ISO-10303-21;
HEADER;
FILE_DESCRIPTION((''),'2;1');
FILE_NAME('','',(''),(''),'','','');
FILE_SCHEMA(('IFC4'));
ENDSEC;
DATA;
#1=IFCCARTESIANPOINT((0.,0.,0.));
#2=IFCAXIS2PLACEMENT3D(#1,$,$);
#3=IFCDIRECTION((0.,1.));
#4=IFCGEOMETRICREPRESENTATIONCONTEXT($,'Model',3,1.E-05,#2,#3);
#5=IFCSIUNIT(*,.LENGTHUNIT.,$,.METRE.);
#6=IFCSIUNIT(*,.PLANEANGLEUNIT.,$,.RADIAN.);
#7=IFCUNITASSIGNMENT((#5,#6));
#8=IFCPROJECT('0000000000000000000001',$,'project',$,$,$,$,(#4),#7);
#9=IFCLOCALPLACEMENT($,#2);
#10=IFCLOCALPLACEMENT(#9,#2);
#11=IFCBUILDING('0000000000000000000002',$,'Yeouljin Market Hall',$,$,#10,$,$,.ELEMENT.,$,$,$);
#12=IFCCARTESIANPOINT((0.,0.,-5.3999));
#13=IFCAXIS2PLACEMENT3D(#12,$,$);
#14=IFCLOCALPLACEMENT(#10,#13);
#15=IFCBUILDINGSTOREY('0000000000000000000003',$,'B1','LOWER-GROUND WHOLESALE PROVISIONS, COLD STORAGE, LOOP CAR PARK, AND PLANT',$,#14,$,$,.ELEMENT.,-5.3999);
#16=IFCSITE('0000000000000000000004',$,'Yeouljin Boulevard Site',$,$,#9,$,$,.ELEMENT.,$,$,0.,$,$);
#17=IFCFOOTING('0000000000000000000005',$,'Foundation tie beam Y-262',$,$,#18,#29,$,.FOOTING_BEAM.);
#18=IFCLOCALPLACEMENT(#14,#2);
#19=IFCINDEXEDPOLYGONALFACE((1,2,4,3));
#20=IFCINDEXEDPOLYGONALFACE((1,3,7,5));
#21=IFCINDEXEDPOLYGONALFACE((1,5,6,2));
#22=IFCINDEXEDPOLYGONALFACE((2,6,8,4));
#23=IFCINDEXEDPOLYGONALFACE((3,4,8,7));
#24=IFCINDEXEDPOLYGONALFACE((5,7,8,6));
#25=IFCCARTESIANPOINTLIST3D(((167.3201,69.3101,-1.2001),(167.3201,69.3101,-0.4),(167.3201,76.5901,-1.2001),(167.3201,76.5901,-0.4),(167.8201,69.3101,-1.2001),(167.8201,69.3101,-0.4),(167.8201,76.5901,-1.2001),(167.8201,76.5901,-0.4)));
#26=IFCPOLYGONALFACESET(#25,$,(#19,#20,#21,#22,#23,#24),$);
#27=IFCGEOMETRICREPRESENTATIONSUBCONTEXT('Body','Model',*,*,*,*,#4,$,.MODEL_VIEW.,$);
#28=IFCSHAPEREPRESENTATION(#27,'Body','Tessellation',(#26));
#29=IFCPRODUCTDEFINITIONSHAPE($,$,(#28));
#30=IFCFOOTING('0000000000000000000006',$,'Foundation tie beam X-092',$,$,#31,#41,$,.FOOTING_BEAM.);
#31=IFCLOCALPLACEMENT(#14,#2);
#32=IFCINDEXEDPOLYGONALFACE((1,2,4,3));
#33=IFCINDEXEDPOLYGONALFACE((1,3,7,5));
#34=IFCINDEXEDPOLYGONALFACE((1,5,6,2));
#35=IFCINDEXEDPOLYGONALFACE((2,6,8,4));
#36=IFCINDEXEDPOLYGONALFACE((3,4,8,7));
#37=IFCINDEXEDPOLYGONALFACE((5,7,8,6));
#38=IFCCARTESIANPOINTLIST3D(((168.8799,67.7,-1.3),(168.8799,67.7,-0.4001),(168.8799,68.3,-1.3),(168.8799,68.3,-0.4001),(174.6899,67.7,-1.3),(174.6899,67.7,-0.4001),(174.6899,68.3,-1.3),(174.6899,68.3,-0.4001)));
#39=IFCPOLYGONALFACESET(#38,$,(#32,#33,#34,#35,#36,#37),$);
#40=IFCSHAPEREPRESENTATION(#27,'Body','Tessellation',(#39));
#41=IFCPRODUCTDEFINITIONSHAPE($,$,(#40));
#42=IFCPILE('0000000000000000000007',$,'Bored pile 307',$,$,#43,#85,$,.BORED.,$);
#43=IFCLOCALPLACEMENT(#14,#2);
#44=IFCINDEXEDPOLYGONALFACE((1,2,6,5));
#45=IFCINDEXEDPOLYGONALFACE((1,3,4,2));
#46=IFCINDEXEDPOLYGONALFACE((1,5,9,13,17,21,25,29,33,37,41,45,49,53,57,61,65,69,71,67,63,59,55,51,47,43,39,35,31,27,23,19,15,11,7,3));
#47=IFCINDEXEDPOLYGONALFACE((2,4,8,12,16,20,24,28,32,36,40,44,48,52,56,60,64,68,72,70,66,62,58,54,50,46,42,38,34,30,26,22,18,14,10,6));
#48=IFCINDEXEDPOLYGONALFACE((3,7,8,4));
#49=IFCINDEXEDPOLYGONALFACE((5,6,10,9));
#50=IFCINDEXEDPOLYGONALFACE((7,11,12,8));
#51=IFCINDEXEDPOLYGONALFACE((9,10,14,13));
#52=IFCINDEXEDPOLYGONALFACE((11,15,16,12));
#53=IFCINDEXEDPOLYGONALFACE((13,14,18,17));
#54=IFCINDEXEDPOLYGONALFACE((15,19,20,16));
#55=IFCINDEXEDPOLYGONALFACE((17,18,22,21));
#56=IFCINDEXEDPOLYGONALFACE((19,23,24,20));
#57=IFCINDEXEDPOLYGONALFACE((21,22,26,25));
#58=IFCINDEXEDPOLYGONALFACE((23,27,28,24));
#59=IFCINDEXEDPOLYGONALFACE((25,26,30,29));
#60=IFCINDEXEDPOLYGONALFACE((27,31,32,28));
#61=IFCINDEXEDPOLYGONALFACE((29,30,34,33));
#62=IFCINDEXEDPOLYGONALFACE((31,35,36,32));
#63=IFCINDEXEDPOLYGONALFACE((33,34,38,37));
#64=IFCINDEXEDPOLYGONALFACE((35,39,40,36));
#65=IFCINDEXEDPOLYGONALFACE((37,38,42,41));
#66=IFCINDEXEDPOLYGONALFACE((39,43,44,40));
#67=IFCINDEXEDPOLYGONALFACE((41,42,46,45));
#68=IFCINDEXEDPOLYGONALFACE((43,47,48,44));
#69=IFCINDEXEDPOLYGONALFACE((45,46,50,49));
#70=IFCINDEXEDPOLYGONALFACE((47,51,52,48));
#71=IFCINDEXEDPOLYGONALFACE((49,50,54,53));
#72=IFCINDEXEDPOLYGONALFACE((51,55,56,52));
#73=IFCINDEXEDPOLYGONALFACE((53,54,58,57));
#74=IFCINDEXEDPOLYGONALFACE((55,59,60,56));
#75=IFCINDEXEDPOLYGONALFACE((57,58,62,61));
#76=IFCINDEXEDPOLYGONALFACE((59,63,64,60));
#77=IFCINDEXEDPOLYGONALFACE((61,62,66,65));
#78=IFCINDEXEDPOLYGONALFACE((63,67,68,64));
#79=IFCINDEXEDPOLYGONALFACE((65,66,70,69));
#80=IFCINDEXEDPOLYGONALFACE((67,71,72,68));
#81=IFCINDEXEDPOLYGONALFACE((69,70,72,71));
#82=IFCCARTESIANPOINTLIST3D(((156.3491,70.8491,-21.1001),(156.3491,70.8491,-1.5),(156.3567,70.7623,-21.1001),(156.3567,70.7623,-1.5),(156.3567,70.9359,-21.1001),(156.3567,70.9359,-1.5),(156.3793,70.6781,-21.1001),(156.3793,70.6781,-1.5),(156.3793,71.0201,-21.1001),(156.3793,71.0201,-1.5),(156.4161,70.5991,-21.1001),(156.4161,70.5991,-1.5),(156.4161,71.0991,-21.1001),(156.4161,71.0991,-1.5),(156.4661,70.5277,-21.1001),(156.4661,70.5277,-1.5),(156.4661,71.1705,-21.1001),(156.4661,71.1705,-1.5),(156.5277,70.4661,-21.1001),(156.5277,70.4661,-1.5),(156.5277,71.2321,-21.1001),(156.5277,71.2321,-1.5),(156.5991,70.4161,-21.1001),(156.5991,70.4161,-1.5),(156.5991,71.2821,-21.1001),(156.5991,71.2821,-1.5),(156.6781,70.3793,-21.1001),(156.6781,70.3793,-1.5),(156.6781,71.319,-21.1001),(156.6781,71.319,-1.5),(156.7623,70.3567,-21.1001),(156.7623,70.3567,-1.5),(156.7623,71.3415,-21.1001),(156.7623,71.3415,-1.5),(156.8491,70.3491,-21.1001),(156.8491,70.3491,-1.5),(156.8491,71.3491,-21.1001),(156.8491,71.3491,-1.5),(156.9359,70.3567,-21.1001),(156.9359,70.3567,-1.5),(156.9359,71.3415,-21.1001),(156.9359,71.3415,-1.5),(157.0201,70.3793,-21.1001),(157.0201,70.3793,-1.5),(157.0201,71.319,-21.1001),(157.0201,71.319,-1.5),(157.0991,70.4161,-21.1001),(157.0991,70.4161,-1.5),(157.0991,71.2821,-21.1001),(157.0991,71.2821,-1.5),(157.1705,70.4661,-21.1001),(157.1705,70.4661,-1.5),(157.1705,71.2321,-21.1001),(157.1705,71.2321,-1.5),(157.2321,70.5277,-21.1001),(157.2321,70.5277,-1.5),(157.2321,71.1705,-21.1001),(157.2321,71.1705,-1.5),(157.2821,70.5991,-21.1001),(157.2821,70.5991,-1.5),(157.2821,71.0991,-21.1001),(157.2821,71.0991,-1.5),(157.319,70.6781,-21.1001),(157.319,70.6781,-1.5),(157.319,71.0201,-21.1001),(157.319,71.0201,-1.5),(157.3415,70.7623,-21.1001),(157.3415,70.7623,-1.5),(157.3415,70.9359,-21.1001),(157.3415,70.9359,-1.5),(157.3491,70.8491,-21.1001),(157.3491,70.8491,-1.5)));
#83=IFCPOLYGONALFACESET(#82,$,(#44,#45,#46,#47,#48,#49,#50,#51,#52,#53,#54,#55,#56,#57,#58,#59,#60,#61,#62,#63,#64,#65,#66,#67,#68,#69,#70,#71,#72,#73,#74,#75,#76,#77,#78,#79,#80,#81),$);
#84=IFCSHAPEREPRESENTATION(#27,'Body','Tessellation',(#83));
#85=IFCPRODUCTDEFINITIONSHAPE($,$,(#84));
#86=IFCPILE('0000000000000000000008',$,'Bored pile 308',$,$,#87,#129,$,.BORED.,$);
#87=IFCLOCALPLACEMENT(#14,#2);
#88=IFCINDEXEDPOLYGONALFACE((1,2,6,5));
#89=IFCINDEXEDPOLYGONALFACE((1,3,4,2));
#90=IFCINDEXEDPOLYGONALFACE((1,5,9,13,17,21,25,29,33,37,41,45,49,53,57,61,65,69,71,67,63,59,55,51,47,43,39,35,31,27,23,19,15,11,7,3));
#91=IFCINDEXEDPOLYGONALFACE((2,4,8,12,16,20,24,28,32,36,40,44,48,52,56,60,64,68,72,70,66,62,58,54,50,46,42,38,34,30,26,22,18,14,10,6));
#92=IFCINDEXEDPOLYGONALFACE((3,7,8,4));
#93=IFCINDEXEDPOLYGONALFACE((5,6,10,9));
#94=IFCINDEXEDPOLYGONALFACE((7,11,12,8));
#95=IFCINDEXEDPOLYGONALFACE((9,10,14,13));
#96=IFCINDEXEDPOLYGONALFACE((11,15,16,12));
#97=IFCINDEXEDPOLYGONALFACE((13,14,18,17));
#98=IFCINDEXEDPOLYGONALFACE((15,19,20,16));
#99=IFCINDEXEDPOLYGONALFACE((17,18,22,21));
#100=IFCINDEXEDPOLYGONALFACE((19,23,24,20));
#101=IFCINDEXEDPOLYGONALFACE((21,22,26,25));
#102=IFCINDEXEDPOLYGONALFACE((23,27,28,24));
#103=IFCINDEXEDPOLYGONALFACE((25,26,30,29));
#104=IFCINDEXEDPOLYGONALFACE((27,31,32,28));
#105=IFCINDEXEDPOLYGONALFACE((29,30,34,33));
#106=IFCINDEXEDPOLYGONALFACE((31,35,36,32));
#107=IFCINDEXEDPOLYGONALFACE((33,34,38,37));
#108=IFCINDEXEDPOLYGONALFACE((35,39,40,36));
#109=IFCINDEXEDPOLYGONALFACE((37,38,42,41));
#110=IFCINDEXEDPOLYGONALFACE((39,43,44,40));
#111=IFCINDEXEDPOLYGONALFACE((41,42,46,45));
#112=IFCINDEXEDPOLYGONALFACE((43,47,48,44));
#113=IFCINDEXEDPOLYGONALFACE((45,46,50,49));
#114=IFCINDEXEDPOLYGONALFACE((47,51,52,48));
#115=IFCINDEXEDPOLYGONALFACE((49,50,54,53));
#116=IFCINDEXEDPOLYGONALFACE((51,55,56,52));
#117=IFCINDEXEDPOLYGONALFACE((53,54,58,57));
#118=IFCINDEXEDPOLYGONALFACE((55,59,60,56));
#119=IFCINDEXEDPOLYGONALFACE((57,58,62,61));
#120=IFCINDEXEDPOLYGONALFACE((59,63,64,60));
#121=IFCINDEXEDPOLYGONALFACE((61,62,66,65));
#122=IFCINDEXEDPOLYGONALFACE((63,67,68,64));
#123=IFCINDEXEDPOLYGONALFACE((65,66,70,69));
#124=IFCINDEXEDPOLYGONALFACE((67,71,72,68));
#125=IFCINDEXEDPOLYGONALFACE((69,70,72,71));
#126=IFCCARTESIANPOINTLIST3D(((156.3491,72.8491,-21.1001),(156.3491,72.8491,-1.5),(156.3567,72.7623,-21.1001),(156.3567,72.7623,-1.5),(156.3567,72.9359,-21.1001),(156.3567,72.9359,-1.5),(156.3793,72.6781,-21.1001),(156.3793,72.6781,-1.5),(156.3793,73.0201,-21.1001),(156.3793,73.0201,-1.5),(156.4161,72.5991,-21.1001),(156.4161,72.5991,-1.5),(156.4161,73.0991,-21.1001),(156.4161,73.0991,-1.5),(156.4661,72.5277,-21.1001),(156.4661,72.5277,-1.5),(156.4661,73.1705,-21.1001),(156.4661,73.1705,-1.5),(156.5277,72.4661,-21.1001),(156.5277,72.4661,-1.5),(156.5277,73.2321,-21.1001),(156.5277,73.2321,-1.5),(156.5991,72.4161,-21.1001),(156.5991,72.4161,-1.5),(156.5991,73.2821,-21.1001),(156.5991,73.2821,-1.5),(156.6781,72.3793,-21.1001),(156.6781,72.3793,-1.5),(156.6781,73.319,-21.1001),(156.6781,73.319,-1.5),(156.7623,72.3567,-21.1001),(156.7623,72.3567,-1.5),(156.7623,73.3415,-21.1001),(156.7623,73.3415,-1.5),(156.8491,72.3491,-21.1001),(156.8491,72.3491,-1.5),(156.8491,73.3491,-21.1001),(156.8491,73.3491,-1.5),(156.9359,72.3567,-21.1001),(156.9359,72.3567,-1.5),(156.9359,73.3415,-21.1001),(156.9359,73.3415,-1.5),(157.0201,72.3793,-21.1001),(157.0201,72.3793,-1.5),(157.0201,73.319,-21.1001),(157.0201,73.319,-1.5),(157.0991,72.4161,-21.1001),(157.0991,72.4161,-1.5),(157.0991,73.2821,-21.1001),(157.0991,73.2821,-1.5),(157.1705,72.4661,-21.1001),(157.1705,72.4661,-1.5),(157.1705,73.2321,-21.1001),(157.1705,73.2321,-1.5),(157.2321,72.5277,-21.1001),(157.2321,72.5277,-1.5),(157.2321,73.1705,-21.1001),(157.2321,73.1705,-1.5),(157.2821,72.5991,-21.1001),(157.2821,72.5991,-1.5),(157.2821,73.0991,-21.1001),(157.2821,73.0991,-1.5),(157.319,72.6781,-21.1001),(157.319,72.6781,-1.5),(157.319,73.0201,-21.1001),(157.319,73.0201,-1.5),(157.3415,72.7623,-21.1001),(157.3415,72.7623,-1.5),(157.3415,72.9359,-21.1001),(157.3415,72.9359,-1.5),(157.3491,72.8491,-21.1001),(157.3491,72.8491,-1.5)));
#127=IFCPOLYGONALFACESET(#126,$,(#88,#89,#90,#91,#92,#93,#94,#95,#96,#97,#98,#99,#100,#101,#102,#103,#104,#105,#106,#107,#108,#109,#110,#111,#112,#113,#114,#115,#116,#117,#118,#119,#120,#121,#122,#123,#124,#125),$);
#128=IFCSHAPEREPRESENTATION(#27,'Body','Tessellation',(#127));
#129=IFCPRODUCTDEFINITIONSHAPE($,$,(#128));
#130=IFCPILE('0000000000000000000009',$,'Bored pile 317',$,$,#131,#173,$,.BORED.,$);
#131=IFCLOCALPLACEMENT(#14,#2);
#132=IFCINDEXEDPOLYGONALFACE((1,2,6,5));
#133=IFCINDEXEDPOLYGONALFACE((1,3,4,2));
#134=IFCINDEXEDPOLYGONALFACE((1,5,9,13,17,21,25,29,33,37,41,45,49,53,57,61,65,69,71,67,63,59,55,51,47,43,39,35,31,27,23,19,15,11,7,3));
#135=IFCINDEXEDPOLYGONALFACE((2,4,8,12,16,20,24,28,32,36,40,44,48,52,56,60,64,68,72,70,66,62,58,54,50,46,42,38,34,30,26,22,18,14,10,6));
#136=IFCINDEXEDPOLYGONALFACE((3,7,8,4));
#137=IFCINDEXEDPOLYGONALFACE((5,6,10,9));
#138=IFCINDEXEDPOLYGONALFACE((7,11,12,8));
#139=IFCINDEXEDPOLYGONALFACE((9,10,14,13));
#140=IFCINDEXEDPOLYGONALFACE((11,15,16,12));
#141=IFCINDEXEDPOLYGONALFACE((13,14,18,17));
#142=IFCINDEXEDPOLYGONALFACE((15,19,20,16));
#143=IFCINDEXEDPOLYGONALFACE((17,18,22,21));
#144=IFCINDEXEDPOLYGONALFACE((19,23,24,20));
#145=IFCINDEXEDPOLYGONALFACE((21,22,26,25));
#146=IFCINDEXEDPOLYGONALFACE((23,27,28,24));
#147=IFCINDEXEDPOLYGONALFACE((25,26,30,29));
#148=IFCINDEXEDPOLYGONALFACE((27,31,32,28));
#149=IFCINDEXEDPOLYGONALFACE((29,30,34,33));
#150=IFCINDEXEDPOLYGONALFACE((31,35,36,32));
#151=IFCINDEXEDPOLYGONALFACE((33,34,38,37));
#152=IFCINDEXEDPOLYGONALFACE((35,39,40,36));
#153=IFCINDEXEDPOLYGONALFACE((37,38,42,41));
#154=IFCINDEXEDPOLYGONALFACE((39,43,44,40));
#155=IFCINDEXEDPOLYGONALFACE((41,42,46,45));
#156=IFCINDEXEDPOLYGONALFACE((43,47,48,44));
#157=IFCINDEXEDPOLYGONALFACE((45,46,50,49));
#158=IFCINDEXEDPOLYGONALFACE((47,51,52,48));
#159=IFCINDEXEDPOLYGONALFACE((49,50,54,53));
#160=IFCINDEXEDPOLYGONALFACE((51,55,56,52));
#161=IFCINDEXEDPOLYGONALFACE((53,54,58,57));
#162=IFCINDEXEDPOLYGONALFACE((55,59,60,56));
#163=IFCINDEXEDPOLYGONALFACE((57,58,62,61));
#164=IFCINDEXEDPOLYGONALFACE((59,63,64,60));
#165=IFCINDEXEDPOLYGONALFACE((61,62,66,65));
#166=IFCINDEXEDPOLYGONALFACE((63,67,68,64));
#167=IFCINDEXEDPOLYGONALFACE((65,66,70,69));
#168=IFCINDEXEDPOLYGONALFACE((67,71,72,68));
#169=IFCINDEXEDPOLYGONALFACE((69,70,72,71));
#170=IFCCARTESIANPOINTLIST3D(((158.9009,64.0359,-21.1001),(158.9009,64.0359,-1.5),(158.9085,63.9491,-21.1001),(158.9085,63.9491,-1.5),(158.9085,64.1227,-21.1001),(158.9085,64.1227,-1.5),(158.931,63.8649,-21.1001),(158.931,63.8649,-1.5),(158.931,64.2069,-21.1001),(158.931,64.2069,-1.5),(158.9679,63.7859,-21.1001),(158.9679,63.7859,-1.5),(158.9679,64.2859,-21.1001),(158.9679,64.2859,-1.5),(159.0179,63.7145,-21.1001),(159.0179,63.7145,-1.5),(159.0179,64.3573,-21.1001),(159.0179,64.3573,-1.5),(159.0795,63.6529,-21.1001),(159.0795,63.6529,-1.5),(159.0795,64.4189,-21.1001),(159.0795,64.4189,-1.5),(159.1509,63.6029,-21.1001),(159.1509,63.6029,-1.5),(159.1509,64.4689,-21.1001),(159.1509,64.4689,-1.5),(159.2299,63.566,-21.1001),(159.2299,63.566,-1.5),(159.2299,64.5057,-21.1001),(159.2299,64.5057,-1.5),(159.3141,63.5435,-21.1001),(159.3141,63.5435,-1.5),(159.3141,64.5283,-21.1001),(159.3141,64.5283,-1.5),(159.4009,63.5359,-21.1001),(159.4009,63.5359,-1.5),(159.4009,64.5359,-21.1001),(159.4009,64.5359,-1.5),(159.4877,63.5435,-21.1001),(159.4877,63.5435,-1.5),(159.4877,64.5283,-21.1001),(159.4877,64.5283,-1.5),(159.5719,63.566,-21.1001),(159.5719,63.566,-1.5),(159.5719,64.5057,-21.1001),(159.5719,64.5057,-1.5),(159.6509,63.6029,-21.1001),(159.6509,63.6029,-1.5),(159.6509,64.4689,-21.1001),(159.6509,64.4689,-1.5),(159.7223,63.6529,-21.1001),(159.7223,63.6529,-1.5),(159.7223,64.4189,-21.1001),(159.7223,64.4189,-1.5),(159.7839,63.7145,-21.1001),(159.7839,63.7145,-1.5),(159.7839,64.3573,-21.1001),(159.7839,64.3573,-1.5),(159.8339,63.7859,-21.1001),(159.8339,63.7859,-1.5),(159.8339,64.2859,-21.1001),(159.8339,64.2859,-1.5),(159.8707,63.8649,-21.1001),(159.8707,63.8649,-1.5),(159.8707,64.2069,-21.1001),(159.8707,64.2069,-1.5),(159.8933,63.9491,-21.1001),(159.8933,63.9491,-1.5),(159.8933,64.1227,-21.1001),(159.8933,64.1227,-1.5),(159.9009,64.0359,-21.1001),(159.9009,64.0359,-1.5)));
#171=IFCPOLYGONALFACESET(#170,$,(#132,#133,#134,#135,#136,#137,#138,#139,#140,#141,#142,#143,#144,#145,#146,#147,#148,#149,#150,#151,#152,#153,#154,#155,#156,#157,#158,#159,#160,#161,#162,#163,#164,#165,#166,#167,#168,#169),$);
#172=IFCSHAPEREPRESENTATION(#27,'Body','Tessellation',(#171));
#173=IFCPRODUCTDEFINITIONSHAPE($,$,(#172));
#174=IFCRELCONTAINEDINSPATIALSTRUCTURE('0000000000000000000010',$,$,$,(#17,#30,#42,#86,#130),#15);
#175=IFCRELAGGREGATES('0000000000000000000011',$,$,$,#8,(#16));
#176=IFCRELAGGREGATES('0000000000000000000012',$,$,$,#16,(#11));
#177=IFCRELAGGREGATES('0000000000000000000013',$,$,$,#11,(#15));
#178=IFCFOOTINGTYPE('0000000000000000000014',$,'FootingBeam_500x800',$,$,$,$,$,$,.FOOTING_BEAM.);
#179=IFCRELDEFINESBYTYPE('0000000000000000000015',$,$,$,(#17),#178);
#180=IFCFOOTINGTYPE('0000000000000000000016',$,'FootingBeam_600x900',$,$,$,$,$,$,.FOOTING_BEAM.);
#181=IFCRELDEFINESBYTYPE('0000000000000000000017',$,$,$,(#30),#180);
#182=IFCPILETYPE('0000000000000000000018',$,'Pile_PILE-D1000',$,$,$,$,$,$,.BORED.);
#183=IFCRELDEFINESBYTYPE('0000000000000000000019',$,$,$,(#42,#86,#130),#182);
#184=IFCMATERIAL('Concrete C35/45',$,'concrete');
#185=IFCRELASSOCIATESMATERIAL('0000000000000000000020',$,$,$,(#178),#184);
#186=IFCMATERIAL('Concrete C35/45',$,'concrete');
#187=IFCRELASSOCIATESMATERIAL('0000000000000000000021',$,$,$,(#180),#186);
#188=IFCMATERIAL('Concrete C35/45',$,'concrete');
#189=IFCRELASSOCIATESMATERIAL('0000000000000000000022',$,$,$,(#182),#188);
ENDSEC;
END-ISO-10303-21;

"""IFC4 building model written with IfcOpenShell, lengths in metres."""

from ifc_helpers import new_model, si_unit, direction, frame, origin, origin_2d, place, context, subcontext, project, spatial, rectangle, circle, extrude, material, material_profile, profile_set, type_object, element, save


model = new_model("IFC4")

# Units and contexts
model_context = context("Model", 3, precision=1e-05, world=origin(), true_north=direction((0.0, 1.0)))
body_context = subcontext(model_context, "Body", "Model", "MODEL_VIEW")
ifc_project = project(units=[si_unit("LENGTHUNIT", "METRE"), si_unit("PLANEANGLEUNIT", "RADIAN")], contexts=[model_context])

# Site, building, storey
site_placement = place(None, origin())
site = spatial("IfcSite", under=ifc_project, at=site_placement, Name="Yeouljin Boulevard Site", CompositionType="ELEMENT", RefElevation=0.0)
building_placement = place(site_placement, origin())
building = spatial("IfcBuilding", under=site, at=building_placement, Name="Yeouljin Market Hall", CompositionType="ELEMENT")
storey_placement = place(building_placement, frame((0.0, 0.0, -5.3999)))
storey = spatial("IfcBuildingStorey", under=building, at=storey_placement, Name="B1", Description="LOWER-GROUND WHOLESALE PROVISIONS, COLD STORAGE, LOOP CAR PARK, AND PLANT", CompositionType="ELEMENT", Elevation=-5.3999)

# Footings
ifc_material_1 = material(Name="Concrete C35/45", Category="concrete")
ifc_material_profile_1 = material_profile(ifc_material_1, rectangle(XDim=0.5, YDim=0.8, at=origin_2d()), Name="RC-500x800")
ifc_profile_set_1 = profile_set([ifc_material_profile_1], Name="Concrete C35/45")
footing_type_1 = type_object("IfcFootingType", Name="FootingBeam_500x800", PredefinedType="FOOTING_BEAM", material=ifc_profile_set_1)
footing_1_placement = place(storey_placement, frame((167.5701, 69.3101, -0.8), z_axis=(0.0, 1.0, 0.0), x_axis=(-1.0, 0.0, 0.0)))
element("IfcFooting", 1, at=footing_1_placement, inside=storey, type_object=footing_type_1, Name="Foundation tie beam Y-262", PredefinedType="FOOTING_BEAM", context=body_context, shape_type="SweptSolid", body=[
    extrude(rectangle(XDim=0.5, YDim=0.8, at=origin_2d()), origin(), (0.0, 0.0, 1.0), 7.28),
])
ifc_material_2 = material(Name="Concrete C35/45", Category="concrete")
ifc_material_profile_2 = material_profile(ifc_material_2, rectangle(XDim=0.6001, YDim=0.8999, at=origin_2d()), Name="RC-600x900")
ifc_profile_set_2 = profile_set([ifc_material_profile_2], Name="Concrete C35/45")
footing_type_2 = type_object("IfcFootingType", Name="FootingBeam_600x900", PredefinedType="FOOTING_BEAM", material=ifc_profile_set_2)
footing_2_placement = place(storey_placement, frame((168.8799, 68.0, -0.8501), z_axis=(1.0, 0.0, 0.0), x_axis=(0.0, 1.0, 0.0)))
element("IfcFooting", 2, at=footing_2_placement, inside=storey, type_object=footing_type_2, Name="Foundation tie beam X-092", PredefinedType="FOOTING_BEAM", context=body_context, shape_type="SweptSolid", body=[
    extrude(rectangle(XDim=0.6001, YDim=0.8999, at=origin_2d()), origin(), (0.0, 0.0, 1.0), 5.8101),
])

# Piles
ifc_material_3 = material(Name="Concrete C35/45", Category="concrete")
ifc_material_profile_3 = material_profile(ifc_material_3, circle(Radius=0.5, at=origin_2d()), Name="PILE-D1000")
ifc_profile_set_3 = profile_set([ifc_material_profile_3], Name="Concrete C35/45")
pile_type = type_object("IfcPileType", Name="Pile_PILE-D1000", PredefinedType="BORED", material=ifc_profile_set_3)
for number, where, z_axis, x_axis, name in (
    (3, (156.8491, 70.8491, -1.5), (0.0, 0.0, -1.0), (1.0, 0.0, 0.0), "Bored pile 307"),
    (4, (156.8491, 72.8491, -1.5), (0.0, 0.0, -1.0), (1.0, 0.0, 0.0), "Bored pile 308"),
    (5, (159.4009, 64.0359, -1.5), (0.0, 0.0, -1.0), (1.0, 0.0, 0.0), "Bored pile 317"),
):
    element("IfcPile", number, at=place(storey_placement, frame(where, z_axis=z_axis, x_axis=x_axis)), inside=storey, type_object=pile_type, Name=name, PredefinedType="BORED", context=body_context, shape_type="SweptSolid", body=[
        extrude(circle(Radius=0.5, at=origin_2d()), origin(), (0.0, 0.0, 1.0), 19.6001),
    ])

save(model, "model.ifc")
